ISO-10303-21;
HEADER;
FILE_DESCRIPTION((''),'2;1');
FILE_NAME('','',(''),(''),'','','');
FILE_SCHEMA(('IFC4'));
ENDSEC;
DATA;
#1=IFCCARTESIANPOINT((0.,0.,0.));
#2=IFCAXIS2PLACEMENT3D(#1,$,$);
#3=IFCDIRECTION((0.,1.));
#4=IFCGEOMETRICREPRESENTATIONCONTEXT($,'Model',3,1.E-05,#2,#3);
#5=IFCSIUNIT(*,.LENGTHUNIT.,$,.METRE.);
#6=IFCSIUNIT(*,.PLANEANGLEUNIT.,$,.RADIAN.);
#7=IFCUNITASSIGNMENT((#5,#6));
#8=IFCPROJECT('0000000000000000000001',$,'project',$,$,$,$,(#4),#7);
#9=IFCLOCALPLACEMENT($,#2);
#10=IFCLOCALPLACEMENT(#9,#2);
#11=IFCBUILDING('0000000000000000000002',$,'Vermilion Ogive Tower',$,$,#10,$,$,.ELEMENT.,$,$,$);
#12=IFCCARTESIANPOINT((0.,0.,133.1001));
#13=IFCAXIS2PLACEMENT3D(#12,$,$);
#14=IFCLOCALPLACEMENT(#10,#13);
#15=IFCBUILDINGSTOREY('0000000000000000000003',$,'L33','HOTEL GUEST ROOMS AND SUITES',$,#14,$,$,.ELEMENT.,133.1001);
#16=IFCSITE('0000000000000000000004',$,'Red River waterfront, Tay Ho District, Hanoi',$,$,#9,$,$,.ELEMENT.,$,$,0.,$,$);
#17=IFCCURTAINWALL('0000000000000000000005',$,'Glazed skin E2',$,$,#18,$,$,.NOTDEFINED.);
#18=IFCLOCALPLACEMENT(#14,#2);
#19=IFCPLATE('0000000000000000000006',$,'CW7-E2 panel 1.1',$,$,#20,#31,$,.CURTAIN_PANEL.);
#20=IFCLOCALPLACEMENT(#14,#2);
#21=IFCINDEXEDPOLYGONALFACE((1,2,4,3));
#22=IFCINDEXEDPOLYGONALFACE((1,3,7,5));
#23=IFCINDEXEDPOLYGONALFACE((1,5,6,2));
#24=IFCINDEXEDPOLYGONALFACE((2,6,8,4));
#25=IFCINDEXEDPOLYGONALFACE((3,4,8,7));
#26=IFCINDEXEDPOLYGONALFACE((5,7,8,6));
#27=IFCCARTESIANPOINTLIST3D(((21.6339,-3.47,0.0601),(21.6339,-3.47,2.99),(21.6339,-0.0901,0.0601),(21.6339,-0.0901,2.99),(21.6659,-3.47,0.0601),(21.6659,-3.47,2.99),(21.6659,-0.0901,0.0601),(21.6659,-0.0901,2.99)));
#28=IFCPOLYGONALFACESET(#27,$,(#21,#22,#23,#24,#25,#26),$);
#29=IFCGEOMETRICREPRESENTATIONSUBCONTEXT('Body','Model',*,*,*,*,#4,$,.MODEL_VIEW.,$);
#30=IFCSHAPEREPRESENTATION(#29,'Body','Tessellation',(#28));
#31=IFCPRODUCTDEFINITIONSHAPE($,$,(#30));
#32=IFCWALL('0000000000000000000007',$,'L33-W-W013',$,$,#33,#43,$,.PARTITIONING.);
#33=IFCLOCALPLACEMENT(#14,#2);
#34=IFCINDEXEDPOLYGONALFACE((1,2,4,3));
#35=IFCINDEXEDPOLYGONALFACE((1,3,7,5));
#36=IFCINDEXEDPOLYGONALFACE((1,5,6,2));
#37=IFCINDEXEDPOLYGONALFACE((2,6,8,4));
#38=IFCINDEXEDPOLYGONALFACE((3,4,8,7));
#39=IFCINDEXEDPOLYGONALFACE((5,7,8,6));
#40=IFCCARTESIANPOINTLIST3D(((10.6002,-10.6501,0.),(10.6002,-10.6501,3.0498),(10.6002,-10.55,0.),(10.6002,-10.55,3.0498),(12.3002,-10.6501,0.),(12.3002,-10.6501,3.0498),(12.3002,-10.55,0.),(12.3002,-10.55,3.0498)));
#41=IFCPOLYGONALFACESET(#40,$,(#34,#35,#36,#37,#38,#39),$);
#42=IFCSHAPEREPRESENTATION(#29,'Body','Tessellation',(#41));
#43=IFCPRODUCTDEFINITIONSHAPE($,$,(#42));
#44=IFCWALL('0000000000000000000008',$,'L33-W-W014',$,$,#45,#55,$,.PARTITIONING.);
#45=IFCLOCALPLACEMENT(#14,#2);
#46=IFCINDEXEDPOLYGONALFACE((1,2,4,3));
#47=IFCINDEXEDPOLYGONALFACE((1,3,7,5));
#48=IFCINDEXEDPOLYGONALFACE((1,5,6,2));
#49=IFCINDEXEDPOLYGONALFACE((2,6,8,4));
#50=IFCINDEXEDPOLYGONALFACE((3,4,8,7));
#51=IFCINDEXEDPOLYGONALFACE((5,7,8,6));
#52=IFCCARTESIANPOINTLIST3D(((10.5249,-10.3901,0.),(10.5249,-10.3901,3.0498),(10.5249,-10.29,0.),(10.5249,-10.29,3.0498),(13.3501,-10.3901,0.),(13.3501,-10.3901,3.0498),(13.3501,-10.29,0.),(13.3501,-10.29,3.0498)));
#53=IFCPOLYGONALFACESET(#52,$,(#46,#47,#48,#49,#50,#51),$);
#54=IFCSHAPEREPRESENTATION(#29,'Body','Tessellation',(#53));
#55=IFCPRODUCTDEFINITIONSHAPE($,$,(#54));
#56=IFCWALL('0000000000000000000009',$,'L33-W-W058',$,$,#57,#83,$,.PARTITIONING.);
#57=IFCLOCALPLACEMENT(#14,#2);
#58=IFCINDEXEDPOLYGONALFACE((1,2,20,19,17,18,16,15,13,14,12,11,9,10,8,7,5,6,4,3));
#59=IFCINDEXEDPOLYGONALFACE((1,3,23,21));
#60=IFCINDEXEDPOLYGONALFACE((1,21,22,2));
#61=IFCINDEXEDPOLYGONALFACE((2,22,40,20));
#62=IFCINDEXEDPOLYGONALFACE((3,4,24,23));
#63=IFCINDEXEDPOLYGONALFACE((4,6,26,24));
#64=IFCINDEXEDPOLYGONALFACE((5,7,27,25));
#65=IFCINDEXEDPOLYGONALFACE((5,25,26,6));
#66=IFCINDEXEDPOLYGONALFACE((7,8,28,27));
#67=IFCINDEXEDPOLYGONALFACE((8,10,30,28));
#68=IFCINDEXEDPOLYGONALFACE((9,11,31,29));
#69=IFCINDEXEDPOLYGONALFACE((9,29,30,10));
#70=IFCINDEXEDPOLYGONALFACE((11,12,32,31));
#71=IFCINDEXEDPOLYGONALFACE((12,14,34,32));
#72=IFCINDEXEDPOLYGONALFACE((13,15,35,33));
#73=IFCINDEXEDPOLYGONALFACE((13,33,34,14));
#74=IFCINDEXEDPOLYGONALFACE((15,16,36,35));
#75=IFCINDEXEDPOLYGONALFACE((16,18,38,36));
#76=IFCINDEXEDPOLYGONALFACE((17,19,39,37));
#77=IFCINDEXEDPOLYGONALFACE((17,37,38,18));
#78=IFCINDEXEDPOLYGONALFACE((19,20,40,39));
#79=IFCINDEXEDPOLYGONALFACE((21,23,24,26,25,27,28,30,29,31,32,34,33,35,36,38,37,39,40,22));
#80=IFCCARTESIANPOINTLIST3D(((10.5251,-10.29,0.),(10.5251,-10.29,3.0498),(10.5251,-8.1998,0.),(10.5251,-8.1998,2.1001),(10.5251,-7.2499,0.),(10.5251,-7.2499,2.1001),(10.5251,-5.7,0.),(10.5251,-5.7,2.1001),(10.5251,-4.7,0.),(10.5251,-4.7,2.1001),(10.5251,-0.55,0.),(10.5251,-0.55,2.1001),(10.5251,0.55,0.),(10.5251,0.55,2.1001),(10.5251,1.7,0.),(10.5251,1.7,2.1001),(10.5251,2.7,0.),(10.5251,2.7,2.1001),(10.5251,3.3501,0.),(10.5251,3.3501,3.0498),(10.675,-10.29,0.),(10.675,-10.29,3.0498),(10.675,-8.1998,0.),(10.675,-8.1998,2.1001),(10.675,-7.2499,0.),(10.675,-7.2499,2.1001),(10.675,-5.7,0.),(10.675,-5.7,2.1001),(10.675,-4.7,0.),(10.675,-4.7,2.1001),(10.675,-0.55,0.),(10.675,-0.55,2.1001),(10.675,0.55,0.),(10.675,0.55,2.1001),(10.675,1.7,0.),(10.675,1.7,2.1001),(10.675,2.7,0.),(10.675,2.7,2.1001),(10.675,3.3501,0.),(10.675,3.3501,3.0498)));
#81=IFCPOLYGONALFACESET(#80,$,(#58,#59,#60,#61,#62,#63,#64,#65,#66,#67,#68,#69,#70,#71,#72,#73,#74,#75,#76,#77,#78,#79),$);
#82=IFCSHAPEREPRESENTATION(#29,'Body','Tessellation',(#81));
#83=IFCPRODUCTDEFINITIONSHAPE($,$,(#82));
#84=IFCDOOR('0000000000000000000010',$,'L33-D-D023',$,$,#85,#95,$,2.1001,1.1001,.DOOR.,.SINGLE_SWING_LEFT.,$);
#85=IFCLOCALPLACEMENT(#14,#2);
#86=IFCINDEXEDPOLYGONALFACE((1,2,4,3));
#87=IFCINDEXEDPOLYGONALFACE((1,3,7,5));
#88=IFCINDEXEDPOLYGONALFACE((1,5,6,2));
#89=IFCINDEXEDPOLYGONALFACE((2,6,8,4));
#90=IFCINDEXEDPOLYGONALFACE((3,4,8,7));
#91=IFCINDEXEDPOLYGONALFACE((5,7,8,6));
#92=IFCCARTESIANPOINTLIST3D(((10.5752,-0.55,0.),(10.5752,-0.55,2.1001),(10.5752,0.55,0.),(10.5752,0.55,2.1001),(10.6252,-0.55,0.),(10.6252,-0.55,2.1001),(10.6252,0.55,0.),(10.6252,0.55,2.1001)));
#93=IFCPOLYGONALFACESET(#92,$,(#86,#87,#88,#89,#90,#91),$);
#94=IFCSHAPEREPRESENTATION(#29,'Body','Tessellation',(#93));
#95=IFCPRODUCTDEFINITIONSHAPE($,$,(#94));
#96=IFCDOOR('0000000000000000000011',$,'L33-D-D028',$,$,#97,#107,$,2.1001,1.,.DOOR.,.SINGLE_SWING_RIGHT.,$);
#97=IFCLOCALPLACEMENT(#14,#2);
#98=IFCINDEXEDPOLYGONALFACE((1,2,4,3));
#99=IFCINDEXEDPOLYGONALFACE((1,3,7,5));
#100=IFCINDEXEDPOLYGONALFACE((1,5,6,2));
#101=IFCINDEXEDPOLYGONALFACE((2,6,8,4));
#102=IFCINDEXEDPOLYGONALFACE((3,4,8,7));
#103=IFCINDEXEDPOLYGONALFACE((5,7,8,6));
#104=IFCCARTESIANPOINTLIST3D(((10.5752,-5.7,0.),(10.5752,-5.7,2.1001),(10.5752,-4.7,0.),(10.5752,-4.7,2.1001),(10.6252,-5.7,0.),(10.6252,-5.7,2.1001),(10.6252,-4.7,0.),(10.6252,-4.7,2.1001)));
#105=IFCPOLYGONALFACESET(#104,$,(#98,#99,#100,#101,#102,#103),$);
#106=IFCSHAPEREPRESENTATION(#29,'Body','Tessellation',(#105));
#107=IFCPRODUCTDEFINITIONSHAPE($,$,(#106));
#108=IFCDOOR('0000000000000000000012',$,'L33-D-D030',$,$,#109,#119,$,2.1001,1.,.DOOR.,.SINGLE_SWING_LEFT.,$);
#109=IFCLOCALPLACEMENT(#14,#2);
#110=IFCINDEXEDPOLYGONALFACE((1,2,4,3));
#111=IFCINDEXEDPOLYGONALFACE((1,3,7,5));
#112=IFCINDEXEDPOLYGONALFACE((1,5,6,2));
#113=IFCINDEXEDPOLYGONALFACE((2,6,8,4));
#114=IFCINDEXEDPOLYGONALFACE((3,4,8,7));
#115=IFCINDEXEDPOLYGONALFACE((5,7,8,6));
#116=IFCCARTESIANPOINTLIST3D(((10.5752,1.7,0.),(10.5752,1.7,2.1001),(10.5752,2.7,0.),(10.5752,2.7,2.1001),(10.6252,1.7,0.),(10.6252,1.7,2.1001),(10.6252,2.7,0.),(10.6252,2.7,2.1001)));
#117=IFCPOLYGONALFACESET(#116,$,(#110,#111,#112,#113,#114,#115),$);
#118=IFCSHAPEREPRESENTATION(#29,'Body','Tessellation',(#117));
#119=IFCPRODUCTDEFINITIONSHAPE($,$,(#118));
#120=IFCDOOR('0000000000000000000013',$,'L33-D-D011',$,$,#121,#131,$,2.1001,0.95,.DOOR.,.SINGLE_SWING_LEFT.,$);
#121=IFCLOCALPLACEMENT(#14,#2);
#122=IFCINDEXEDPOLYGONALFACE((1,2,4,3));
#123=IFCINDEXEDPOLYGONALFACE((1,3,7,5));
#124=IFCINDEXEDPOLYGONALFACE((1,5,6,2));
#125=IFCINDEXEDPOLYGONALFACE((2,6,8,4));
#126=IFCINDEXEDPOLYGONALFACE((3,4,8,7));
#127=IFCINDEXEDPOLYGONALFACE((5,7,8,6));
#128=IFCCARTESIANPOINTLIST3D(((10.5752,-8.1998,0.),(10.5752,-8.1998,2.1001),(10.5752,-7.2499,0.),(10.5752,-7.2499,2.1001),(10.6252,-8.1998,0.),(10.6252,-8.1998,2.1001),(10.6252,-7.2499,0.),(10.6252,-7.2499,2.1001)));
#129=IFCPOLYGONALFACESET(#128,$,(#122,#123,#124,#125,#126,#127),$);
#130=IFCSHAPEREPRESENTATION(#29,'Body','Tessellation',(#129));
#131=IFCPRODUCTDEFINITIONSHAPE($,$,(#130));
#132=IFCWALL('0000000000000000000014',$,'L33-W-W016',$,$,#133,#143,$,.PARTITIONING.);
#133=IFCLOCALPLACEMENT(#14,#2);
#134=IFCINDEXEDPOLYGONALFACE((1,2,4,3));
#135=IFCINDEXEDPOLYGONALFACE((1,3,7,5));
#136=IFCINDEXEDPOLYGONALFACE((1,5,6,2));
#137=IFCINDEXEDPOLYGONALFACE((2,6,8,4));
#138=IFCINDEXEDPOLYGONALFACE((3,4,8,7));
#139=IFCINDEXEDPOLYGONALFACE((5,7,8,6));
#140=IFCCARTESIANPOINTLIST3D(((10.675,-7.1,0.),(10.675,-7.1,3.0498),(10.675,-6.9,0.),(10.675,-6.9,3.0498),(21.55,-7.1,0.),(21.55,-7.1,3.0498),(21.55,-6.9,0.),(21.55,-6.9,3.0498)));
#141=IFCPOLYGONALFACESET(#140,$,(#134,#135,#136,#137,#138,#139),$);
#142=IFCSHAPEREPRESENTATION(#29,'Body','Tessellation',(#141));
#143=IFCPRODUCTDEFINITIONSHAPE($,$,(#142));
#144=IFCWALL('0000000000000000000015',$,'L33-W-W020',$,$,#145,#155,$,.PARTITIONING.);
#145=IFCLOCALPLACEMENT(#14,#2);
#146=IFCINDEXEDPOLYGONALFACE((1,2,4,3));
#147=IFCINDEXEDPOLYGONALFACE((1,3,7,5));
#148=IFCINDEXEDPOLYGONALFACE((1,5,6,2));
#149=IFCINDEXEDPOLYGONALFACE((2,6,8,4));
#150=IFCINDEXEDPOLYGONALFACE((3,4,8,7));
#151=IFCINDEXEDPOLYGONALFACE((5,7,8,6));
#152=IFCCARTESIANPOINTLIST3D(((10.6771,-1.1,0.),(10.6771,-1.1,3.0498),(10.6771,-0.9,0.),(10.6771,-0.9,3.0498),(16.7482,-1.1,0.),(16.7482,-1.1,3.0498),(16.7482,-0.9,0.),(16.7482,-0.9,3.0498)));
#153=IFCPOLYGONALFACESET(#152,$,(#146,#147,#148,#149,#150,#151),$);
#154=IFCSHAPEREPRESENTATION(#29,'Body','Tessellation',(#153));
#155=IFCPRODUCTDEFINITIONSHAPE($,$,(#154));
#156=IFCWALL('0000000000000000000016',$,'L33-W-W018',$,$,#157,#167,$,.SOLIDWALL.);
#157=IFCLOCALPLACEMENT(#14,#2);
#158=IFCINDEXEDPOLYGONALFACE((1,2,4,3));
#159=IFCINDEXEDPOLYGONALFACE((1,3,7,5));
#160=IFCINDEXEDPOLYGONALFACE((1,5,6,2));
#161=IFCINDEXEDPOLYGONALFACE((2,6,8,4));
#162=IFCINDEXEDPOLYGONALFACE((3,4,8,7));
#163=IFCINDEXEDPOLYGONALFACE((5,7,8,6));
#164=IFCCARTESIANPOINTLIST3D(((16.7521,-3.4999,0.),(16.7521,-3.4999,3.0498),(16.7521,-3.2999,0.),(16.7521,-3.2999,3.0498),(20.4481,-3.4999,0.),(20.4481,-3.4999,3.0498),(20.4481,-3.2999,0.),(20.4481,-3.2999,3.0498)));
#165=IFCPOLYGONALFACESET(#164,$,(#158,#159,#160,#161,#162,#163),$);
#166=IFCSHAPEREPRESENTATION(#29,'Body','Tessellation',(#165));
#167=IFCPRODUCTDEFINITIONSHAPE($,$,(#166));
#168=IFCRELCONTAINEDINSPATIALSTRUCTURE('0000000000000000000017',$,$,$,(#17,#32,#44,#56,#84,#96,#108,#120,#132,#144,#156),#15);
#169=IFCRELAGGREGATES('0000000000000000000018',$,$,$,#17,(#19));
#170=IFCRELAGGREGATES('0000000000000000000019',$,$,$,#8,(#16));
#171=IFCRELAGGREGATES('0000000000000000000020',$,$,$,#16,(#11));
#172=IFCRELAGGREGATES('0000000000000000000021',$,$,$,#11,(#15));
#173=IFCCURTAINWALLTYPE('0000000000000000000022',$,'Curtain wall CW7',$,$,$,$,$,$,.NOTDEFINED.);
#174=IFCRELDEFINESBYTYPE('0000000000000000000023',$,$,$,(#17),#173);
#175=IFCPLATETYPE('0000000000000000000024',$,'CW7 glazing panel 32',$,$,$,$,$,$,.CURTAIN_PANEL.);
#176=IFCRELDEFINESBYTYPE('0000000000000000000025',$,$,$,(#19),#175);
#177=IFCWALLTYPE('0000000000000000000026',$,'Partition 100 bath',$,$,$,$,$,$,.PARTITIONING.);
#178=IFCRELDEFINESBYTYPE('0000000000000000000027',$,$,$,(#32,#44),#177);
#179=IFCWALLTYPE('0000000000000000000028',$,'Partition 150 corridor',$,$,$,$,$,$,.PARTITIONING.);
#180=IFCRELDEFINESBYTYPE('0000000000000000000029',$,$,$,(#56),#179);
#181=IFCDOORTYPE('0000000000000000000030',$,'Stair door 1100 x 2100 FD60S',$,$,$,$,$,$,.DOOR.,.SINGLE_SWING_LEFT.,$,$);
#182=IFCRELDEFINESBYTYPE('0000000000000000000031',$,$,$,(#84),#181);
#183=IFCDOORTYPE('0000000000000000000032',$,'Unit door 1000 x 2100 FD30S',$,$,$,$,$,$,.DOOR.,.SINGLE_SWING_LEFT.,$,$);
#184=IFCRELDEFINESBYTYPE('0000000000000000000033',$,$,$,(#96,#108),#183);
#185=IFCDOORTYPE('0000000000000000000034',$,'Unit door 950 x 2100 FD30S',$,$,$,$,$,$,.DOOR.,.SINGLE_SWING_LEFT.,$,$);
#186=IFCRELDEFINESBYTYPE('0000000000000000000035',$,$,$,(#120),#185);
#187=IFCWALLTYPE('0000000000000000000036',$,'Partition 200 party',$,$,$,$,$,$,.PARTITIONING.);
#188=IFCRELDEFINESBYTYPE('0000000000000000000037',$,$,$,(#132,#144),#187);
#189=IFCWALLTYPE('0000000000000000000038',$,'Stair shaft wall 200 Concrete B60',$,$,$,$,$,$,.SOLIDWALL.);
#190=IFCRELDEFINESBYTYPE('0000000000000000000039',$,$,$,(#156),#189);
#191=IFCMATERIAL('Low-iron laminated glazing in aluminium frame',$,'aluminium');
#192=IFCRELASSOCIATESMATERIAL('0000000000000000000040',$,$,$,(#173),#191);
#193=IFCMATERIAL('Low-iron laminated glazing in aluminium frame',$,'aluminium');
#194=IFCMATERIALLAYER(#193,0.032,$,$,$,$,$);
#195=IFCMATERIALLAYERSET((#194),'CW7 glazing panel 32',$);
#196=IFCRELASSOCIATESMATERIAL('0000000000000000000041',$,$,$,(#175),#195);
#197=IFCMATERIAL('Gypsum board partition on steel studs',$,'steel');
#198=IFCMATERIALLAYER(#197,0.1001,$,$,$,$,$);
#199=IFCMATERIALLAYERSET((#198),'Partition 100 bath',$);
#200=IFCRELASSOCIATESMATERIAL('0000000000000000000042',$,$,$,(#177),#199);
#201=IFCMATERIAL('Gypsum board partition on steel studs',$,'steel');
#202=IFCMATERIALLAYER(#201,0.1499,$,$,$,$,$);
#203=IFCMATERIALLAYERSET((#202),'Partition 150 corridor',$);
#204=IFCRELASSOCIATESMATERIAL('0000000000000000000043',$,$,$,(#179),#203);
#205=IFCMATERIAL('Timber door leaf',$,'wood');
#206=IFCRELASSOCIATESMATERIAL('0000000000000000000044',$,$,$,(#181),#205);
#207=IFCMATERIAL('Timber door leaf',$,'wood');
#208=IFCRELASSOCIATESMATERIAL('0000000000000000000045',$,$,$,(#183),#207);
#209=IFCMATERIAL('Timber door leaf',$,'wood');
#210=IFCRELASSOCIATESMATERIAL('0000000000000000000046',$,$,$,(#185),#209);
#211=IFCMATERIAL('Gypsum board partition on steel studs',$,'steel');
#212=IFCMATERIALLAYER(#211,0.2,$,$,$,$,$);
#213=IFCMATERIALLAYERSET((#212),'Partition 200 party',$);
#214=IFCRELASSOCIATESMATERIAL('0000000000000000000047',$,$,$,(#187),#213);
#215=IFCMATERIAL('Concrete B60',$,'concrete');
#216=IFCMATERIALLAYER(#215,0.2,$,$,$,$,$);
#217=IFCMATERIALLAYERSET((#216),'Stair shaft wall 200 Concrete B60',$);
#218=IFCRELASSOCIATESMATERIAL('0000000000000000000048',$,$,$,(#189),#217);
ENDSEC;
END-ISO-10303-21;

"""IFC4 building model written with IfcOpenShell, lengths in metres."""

from ifc_helpers import new_model, si_unit, direction, frame, frame_2d, origin, origin_2d, place, context, subcontext, project, spatial, rectangle, extrude, material, layer, layer_set, type_object, element, fill, aggregate, save


model = new_model("IFC4")

# Units and contexts
model_context = context("Model", 3, precision=1e-05, world=origin(), true_north=direction((0.0, 1.0)))
body_context = subcontext(model_context, "Body", "Model", "MODEL_VIEW")
ifc_project = project(units=[si_unit("LENGTHUNIT", "METRE"), si_unit("PLANEANGLEUNIT", "RADIAN")], contexts=[model_context])

# Site, building, storey
site_placement = place(None, origin())
site = spatial("IfcSite", under=ifc_project, at=site_placement, Name="Red River waterfront, Tay Ho District, Hanoi", CompositionType="ELEMENT", RefElevation=0.0)
building_placement = place(site_placement, origin())
building = spatial("IfcBuilding", under=site, at=building_placement, Name="Vermilion Ogive Tower", CompositionType="ELEMENT")
storey_placement = place(building_placement, frame((0.0, 0.0, 133.1001)))
storey = spatial("IfcBuildingStorey", under=building, at=storey_placement, Name="L33", Description="HOTEL GUEST ROOMS AND SUITES", CompositionType="ELEMENT", Elevation=133.1001)

# Curtain wall
ifc_material_1 = material(Name="Low-iron laminated glazing in aluminium frame", Category="aluminium")
curtain_wall_type = type_object("IfcCurtainWallType", Name="Curtain wall CW7", PredefinedType="NOTDEFINED", material=ifc_material_1)
curtain_wall_1_placement = place(storey_placement, origin())
curtain_wall_1 = element("IfcCurtainWall", 1, at=curtain_wall_1_placement, inside=storey, type_object=curtain_wall_type, Name="Glazed skin E2", PredefinedType="NOTDEFINED")

# Plate
ifc_material_2 = material(Name="Low-iron laminated glazing in aluminium frame", Category="aluminium")
ifc_layer_1 = layer(ifc_material_2, 0.032)
ifc_layer_set_1 = layer_set([ifc_layer_1], Name="CW7 glazing panel 32")
plate_type = type_object("IfcPlateType", Name="CW7 glazing panel 32", PredefinedType="CURTAIN_PANEL", material=ifc_layer_set_1)
plate_1_placement = place(storey_placement, frame((21.6499, -1.78, 0.0601), z_axis=(0.0, 0.0, 1.0), x_axis=(0.0, 1.0, 0.0)))
plate_1 = element("IfcPlate", 2, at=plate_1_placement, type_object=plate_type, Name="CW7-E2 panel 1.1", PredefinedType="CURTAIN_PANEL", context=body_context, shape_type="SweptSolid", body=[
    extrude(rectangle(XDim=3.3799, YDim=0.032, at=origin_2d()), origin(), (0.0, 0.0, 1.0), 2.9299),
])
aggregate(curtain_wall_1, [plate_1])

# Walls
ifc_material_3 = material(Name="Gypsum board partition on steel studs", Category="steel")
ifc_layer_2 = layer(ifc_material_3, 0.1001)
ifc_layer_set_2 = layer_set([ifc_layer_2], Name="Partition 100 bath")
wall_type_1 = type_object("IfcWallType", Name="Partition 100 bath", PredefinedType="PARTITIONING", material=ifc_layer_set_2)
wall_1_placement = place(storey_placement, frame((10.6001, -10.6001, 0.0), z_axis=(0.0, 0.0, 1.0), x_axis=(1.0, 0.0, 0.0)))
element("IfcWall", 3, at=wall_1_placement, inside=storey, type_object=wall_type_1, Name="L33-W-W013", PredefinedType="PARTITIONING", context=body_context, shape_type="SweptSolid", body=[
    extrude(rectangle(XDim=1.7, YDim=0.1001, at=frame_2d((0.8501, 0.0))), origin(), (0.0, 0.0, 1.0), 3.0498),
])
wall_2_placement = place(storey_placement, frame((10.5249, -10.3401, 0.0), z_axis=(0.0, 0.0, 1.0), x_axis=(1.0, 0.0, 0.0)))
element("IfcWall", 4, at=wall_2_placement, inside=storey, type_object=wall_type_1, Name="L33-W-W014", PredefinedType="PARTITIONING", context=body_context, shape_type="SweptSolid", body=[
    extrude(rectangle(XDim=2.8252, YDim=0.1001, at=frame_2d((1.4126, 0.0))), origin(), (0.0, 0.0, 1.0), 3.0498),
])

# Wall, openings, doors
ifc_material_4 = material(Name="Gypsum board partition on steel studs", Category="steel")
ifc_layer_3 = layer(ifc_material_4, 0.1499)
ifc_layer_set_3 = layer_set([ifc_layer_3], Name="Partition 150 corridor")
wall_type_2 = type_object("IfcWallType", Name="Partition 150 corridor", PredefinedType="PARTITIONING", material=ifc_layer_set_3)
wall_3_placement = place(storey_placement, frame((10.6001, -10.29, 0.0), z_axis=(0.0, 0.0, 1.0), x_axis=(0.0, 1.0, 0.0)))
wall_3 = element("IfcWall", 5, at=wall_3_placement, inside=storey, type_object=wall_type_2, Name="L33-W-W058", PredefinedType="PARTITIONING", context=body_context, shape_type="SweptSolid", body=[
    extrude(rectangle(XDim=13.6401, YDim=0.1499, at=frame_2d((6.8201, 0.0))), origin(), (0.0, 0.0, 1.0), 3.0498),
])
opening_1_placement = place(wall_3_placement, frame((2.0901, 0.0, 0.0)))
opening_1 = element("IfcOpeningElement", 6, at=opening_1_placement, cuts=wall_3, PredefinedType="OPENING", context=body_context, shape_type="SweptSolid", body=[
    extrude(rectangle(XDim=0.95, YDim=2.1001, at=frame_2d((0.4751, 1.05))), frame((0.0, 0.085, 0.0), z_axis=(0.0, -1.0, 0.0), x_axis=(1.0, 0.0, 0.0)), (0.0, 0.0, 1.0), 0.1699),
])
opening_2_placement = place(wall_3_placement, frame((9.74, 0.0, 0.0)))
opening_2 = element("IfcOpeningElement", 7, at=opening_2_placement, cuts=wall_3, PredefinedType="OPENING", context=body_context, shape_type="SweptSolid", body=[
    extrude(rectangle(XDim=1.1001, YDim=2.1001, at=frame_2d((0.55, 1.05))), frame((0.0, 0.085, 0.0), z_axis=(0.0, -1.0, 0.0), x_axis=(1.0, 0.0, 0.0)), (0.0, 0.0, 1.0), 0.1699),
])
opening_3_placement = place(wall_3_placement, frame((4.5901, 0.0, 0.0)))
opening_3 = element("IfcOpeningElement", 8, at=opening_3_placement, cuts=wall_3, PredefinedType="OPENING", context=body_context, shape_type="SweptSolid", body=[
    extrude(rectangle(XDim=1.0, YDim=2.1001, at=frame_2d((0.5, 1.05))), frame((0.0, 0.085, 0.0), z_axis=(0.0, -1.0, 0.0), x_axis=(1.0, 0.0, 0.0)), (0.0, 0.0, 1.0), 0.1699),
])
opening_4_placement = place(wall_3_placement, frame((11.99, 0.0, 0.0)))
opening_4 = element("IfcOpeningElement", 9, at=opening_4_placement, cuts=wall_3, PredefinedType="OPENING", context=body_context, shape_type="SweptSolid", body=[
    extrude(rectangle(XDim=1.0, YDim=2.1001, at=frame_2d((0.5, 1.05))), frame((0.0, 0.085, 0.0), z_axis=(0.0, -1.0, 0.0), x_axis=(1.0, 0.0, 0.0)), (0.0, 0.0, 1.0), 0.1699),
])
ifc_material_5 = material(Name="Timber door leaf", Category="wood")
door_type_1 = type_object("IfcDoorType", Name="Stair door 1100 x 2100 FD60S", OperationType="SINGLE_SWING_LEFT", PredefinedType="DOOR", material=ifc_material_5)
door_1_placement = place(opening_2_placement, origin())
door_1 = element("IfcDoor", 10, at=door_1_placement, inside=storey, type_object=door_type_1, Name="L33-D-D023", OperationType="SINGLE_SWING_LEFT", OverallHeight=2.1001, OverallWidth=1.1001, PredefinedType="DOOR", context=body_context, shape_type="SweptSolid", body=[
    extrude(rectangle(XDim=1.1001, YDim=2.1001, at=frame_2d((0.55, 1.05))), frame((0.0, 0.0249, 0.0), z_axis=(0.0, -1.0, 0.0), x_axis=(1.0, 0.0, 0.0)), (0.0, 0.0, 1.0), 0.05),
])
fill(opening_2, door_1)
ifc_material_6 = material(Name="Timber door leaf", Category="wood")
door_type_2 = type_object("IfcDoorType", Name="Unit door 1000 x 2100 FD30S", OperationType="SINGLE_SWING_LEFT", PredefinedType="DOOR", material=ifc_material_6)
door_2_placement = place(opening_3_placement, origin())
door_2 = element("IfcDoor", 11, at=door_2_placement, inside=storey, type_object=door_type_2, Name="L33-D-D028", OperationType="SINGLE_SWING_RIGHT", OverallHeight=2.1001, OverallWidth=1.0, PredefinedType="DOOR", context=body_context, shape_type="SweptSolid", body=[
    extrude(rectangle(XDim=1.0, YDim=2.1001, at=frame_2d((0.5, 1.05))), frame((0.0, 0.0249, 0.0), z_axis=(0.0, -1.0, 0.0), x_axis=(1.0, 0.0, 0.0)), (0.0, 0.0, 1.0), 0.05),
])
fill(opening_3, door_2)
door_3_placement = place(opening_4_placement, origin())
door_3 = element("IfcDoor", 12, at=door_3_placement, inside=storey, type_object=door_type_2, Name="L33-D-D030", OperationType="SINGLE_SWING_LEFT", OverallHeight=2.1001, OverallWidth=1.0, PredefinedType="DOOR", context=body_context, shape_type="SweptSolid", body=[
    extrude(rectangle(XDim=1.0, YDim=2.1001, at=frame_2d((0.5, 1.05))), frame((0.0, 0.0249, 0.0), z_axis=(0.0, -1.0, 0.0), x_axis=(1.0, 0.0, 0.0)), (0.0, 0.0, 1.0), 0.05),
])
fill(opening_4, door_3)
ifc_material_7 = material(Name="Timber door leaf", Category="wood")
door_type_3 = type_object("IfcDoorType", Name="Unit door 950 x 2100 FD30S", OperationType="SINGLE_SWING_LEFT", PredefinedType="DOOR", material=ifc_material_7)
door_4_placement = place(opening_1_placement, origin())
door_4 = element("IfcDoor", 13, at=door_4_placement, inside=storey, type_object=door_type_3, Name="L33-D-D011", OperationType="SINGLE_SWING_LEFT", OverallHeight=2.1001, OverallWidth=0.95, PredefinedType="DOOR", context=body_context, shape_type="SweptSolid", body=[
    extrude(rectangle(XDim=0.95, YDim=2.1001, at=frame_2d((0.4751, 1.05))), frame((0.0, 0.0249, 0.0), z_axis=(0.0, -1.0, 0.0), x_axis=(1.0, 0.0, 0.0)), (0.0, 0.0, 1.0), 0.05),
])
fill(opening_1, door_4)

# Walls
ifc_material_8 = material(Name="Gypsum board partition on steel studs", Category="steel")
ifc_layer_4 = layer(ifc_material_8, 0.2)
ifc_layer_set_4 = layer_set([ifc_layer_4], Name="Partition 200 party")
wall_type_3 = type_object("IfcWallType", Name="Partition 200 party", PredefinedType="PARTITIONING", material=ifc_layer_set_4)
wall_4_placement = place(storey_placement, frame((10.675, -7.0, 0.0), z_axis=(0.0, 0.0, 1.0), x_axis=(1.0, 0.0, 0.0)))
element("IfcWall", 14, at=wall_4_placement, inside=storey, type_object=wall_type_3, Name="L33-W-W016", PredefinedType="PARTITIONING", context=body_context, shape_type="SweptSolid", body=[
    extrude(rectangle(XDim=10.875, YDim=0.2, at=frame_2d((5.4375, 0.0))), origin(), (0.0, 0.0, 1.0), 3.0498),
])
wall_5_placement = place(storey_placement, frame((10.677, -1.0, 0.0), z_axis=(0.0, 0.0, 1.0), x_axis=(1.0, 0.0, 0.0)))
element("IfcWall", 15, at=wall_5_placement, inside=storey, type_object=wall_type_3, Name="L33-W-W020", PredefinedType="PARTITIONING", context=body_context, shape_type="SweptSolid", body=[
    extrude(rectangle(XDim=6.071, YDim=0.2, at=frame_2d((3.0356, 0.0))), origin(), (0.0, 0.0, 1.0), 3.0498),
])
ifc_material_9 = material(Name="Concrete B60", Category="concrete")
ifc_layer_5 = layer(ifc_material_9, 0.2)
ifc_layer_set_5 = layer_set([ifc_layer_5], Name="Stair shaft wall 200 Concrete B60")
wall_type_4 = type_object("IfcWallType", Name="Stair shaft wall 200 Concrete B60", PredefinedType="SOLIDWALL", material=ifc_layer_set_5)
wall_6_placement = place(storey_placement, frame((16.752, -3.3999, 0.0), z_axis=(0.0, 0.0, 1.0), x_axis=(1.0, 0.0, 0.0)))
element("IfcWall", 16, at=wall_6_placement, inside=storey, type_object=wall_type_4, Name="L33-W-W018", PredefinedType="SOLIDWALL", context=body_context, shape_type="SweptSolid", body=[
    extrude(rectangle(XDim=3.696, YDim=0.2, at=frame_2d((1.8481, 0.0))), origin(), (0.0, 0.0, 1.0), 3.0498),
])

save(model, "model.ifc")
